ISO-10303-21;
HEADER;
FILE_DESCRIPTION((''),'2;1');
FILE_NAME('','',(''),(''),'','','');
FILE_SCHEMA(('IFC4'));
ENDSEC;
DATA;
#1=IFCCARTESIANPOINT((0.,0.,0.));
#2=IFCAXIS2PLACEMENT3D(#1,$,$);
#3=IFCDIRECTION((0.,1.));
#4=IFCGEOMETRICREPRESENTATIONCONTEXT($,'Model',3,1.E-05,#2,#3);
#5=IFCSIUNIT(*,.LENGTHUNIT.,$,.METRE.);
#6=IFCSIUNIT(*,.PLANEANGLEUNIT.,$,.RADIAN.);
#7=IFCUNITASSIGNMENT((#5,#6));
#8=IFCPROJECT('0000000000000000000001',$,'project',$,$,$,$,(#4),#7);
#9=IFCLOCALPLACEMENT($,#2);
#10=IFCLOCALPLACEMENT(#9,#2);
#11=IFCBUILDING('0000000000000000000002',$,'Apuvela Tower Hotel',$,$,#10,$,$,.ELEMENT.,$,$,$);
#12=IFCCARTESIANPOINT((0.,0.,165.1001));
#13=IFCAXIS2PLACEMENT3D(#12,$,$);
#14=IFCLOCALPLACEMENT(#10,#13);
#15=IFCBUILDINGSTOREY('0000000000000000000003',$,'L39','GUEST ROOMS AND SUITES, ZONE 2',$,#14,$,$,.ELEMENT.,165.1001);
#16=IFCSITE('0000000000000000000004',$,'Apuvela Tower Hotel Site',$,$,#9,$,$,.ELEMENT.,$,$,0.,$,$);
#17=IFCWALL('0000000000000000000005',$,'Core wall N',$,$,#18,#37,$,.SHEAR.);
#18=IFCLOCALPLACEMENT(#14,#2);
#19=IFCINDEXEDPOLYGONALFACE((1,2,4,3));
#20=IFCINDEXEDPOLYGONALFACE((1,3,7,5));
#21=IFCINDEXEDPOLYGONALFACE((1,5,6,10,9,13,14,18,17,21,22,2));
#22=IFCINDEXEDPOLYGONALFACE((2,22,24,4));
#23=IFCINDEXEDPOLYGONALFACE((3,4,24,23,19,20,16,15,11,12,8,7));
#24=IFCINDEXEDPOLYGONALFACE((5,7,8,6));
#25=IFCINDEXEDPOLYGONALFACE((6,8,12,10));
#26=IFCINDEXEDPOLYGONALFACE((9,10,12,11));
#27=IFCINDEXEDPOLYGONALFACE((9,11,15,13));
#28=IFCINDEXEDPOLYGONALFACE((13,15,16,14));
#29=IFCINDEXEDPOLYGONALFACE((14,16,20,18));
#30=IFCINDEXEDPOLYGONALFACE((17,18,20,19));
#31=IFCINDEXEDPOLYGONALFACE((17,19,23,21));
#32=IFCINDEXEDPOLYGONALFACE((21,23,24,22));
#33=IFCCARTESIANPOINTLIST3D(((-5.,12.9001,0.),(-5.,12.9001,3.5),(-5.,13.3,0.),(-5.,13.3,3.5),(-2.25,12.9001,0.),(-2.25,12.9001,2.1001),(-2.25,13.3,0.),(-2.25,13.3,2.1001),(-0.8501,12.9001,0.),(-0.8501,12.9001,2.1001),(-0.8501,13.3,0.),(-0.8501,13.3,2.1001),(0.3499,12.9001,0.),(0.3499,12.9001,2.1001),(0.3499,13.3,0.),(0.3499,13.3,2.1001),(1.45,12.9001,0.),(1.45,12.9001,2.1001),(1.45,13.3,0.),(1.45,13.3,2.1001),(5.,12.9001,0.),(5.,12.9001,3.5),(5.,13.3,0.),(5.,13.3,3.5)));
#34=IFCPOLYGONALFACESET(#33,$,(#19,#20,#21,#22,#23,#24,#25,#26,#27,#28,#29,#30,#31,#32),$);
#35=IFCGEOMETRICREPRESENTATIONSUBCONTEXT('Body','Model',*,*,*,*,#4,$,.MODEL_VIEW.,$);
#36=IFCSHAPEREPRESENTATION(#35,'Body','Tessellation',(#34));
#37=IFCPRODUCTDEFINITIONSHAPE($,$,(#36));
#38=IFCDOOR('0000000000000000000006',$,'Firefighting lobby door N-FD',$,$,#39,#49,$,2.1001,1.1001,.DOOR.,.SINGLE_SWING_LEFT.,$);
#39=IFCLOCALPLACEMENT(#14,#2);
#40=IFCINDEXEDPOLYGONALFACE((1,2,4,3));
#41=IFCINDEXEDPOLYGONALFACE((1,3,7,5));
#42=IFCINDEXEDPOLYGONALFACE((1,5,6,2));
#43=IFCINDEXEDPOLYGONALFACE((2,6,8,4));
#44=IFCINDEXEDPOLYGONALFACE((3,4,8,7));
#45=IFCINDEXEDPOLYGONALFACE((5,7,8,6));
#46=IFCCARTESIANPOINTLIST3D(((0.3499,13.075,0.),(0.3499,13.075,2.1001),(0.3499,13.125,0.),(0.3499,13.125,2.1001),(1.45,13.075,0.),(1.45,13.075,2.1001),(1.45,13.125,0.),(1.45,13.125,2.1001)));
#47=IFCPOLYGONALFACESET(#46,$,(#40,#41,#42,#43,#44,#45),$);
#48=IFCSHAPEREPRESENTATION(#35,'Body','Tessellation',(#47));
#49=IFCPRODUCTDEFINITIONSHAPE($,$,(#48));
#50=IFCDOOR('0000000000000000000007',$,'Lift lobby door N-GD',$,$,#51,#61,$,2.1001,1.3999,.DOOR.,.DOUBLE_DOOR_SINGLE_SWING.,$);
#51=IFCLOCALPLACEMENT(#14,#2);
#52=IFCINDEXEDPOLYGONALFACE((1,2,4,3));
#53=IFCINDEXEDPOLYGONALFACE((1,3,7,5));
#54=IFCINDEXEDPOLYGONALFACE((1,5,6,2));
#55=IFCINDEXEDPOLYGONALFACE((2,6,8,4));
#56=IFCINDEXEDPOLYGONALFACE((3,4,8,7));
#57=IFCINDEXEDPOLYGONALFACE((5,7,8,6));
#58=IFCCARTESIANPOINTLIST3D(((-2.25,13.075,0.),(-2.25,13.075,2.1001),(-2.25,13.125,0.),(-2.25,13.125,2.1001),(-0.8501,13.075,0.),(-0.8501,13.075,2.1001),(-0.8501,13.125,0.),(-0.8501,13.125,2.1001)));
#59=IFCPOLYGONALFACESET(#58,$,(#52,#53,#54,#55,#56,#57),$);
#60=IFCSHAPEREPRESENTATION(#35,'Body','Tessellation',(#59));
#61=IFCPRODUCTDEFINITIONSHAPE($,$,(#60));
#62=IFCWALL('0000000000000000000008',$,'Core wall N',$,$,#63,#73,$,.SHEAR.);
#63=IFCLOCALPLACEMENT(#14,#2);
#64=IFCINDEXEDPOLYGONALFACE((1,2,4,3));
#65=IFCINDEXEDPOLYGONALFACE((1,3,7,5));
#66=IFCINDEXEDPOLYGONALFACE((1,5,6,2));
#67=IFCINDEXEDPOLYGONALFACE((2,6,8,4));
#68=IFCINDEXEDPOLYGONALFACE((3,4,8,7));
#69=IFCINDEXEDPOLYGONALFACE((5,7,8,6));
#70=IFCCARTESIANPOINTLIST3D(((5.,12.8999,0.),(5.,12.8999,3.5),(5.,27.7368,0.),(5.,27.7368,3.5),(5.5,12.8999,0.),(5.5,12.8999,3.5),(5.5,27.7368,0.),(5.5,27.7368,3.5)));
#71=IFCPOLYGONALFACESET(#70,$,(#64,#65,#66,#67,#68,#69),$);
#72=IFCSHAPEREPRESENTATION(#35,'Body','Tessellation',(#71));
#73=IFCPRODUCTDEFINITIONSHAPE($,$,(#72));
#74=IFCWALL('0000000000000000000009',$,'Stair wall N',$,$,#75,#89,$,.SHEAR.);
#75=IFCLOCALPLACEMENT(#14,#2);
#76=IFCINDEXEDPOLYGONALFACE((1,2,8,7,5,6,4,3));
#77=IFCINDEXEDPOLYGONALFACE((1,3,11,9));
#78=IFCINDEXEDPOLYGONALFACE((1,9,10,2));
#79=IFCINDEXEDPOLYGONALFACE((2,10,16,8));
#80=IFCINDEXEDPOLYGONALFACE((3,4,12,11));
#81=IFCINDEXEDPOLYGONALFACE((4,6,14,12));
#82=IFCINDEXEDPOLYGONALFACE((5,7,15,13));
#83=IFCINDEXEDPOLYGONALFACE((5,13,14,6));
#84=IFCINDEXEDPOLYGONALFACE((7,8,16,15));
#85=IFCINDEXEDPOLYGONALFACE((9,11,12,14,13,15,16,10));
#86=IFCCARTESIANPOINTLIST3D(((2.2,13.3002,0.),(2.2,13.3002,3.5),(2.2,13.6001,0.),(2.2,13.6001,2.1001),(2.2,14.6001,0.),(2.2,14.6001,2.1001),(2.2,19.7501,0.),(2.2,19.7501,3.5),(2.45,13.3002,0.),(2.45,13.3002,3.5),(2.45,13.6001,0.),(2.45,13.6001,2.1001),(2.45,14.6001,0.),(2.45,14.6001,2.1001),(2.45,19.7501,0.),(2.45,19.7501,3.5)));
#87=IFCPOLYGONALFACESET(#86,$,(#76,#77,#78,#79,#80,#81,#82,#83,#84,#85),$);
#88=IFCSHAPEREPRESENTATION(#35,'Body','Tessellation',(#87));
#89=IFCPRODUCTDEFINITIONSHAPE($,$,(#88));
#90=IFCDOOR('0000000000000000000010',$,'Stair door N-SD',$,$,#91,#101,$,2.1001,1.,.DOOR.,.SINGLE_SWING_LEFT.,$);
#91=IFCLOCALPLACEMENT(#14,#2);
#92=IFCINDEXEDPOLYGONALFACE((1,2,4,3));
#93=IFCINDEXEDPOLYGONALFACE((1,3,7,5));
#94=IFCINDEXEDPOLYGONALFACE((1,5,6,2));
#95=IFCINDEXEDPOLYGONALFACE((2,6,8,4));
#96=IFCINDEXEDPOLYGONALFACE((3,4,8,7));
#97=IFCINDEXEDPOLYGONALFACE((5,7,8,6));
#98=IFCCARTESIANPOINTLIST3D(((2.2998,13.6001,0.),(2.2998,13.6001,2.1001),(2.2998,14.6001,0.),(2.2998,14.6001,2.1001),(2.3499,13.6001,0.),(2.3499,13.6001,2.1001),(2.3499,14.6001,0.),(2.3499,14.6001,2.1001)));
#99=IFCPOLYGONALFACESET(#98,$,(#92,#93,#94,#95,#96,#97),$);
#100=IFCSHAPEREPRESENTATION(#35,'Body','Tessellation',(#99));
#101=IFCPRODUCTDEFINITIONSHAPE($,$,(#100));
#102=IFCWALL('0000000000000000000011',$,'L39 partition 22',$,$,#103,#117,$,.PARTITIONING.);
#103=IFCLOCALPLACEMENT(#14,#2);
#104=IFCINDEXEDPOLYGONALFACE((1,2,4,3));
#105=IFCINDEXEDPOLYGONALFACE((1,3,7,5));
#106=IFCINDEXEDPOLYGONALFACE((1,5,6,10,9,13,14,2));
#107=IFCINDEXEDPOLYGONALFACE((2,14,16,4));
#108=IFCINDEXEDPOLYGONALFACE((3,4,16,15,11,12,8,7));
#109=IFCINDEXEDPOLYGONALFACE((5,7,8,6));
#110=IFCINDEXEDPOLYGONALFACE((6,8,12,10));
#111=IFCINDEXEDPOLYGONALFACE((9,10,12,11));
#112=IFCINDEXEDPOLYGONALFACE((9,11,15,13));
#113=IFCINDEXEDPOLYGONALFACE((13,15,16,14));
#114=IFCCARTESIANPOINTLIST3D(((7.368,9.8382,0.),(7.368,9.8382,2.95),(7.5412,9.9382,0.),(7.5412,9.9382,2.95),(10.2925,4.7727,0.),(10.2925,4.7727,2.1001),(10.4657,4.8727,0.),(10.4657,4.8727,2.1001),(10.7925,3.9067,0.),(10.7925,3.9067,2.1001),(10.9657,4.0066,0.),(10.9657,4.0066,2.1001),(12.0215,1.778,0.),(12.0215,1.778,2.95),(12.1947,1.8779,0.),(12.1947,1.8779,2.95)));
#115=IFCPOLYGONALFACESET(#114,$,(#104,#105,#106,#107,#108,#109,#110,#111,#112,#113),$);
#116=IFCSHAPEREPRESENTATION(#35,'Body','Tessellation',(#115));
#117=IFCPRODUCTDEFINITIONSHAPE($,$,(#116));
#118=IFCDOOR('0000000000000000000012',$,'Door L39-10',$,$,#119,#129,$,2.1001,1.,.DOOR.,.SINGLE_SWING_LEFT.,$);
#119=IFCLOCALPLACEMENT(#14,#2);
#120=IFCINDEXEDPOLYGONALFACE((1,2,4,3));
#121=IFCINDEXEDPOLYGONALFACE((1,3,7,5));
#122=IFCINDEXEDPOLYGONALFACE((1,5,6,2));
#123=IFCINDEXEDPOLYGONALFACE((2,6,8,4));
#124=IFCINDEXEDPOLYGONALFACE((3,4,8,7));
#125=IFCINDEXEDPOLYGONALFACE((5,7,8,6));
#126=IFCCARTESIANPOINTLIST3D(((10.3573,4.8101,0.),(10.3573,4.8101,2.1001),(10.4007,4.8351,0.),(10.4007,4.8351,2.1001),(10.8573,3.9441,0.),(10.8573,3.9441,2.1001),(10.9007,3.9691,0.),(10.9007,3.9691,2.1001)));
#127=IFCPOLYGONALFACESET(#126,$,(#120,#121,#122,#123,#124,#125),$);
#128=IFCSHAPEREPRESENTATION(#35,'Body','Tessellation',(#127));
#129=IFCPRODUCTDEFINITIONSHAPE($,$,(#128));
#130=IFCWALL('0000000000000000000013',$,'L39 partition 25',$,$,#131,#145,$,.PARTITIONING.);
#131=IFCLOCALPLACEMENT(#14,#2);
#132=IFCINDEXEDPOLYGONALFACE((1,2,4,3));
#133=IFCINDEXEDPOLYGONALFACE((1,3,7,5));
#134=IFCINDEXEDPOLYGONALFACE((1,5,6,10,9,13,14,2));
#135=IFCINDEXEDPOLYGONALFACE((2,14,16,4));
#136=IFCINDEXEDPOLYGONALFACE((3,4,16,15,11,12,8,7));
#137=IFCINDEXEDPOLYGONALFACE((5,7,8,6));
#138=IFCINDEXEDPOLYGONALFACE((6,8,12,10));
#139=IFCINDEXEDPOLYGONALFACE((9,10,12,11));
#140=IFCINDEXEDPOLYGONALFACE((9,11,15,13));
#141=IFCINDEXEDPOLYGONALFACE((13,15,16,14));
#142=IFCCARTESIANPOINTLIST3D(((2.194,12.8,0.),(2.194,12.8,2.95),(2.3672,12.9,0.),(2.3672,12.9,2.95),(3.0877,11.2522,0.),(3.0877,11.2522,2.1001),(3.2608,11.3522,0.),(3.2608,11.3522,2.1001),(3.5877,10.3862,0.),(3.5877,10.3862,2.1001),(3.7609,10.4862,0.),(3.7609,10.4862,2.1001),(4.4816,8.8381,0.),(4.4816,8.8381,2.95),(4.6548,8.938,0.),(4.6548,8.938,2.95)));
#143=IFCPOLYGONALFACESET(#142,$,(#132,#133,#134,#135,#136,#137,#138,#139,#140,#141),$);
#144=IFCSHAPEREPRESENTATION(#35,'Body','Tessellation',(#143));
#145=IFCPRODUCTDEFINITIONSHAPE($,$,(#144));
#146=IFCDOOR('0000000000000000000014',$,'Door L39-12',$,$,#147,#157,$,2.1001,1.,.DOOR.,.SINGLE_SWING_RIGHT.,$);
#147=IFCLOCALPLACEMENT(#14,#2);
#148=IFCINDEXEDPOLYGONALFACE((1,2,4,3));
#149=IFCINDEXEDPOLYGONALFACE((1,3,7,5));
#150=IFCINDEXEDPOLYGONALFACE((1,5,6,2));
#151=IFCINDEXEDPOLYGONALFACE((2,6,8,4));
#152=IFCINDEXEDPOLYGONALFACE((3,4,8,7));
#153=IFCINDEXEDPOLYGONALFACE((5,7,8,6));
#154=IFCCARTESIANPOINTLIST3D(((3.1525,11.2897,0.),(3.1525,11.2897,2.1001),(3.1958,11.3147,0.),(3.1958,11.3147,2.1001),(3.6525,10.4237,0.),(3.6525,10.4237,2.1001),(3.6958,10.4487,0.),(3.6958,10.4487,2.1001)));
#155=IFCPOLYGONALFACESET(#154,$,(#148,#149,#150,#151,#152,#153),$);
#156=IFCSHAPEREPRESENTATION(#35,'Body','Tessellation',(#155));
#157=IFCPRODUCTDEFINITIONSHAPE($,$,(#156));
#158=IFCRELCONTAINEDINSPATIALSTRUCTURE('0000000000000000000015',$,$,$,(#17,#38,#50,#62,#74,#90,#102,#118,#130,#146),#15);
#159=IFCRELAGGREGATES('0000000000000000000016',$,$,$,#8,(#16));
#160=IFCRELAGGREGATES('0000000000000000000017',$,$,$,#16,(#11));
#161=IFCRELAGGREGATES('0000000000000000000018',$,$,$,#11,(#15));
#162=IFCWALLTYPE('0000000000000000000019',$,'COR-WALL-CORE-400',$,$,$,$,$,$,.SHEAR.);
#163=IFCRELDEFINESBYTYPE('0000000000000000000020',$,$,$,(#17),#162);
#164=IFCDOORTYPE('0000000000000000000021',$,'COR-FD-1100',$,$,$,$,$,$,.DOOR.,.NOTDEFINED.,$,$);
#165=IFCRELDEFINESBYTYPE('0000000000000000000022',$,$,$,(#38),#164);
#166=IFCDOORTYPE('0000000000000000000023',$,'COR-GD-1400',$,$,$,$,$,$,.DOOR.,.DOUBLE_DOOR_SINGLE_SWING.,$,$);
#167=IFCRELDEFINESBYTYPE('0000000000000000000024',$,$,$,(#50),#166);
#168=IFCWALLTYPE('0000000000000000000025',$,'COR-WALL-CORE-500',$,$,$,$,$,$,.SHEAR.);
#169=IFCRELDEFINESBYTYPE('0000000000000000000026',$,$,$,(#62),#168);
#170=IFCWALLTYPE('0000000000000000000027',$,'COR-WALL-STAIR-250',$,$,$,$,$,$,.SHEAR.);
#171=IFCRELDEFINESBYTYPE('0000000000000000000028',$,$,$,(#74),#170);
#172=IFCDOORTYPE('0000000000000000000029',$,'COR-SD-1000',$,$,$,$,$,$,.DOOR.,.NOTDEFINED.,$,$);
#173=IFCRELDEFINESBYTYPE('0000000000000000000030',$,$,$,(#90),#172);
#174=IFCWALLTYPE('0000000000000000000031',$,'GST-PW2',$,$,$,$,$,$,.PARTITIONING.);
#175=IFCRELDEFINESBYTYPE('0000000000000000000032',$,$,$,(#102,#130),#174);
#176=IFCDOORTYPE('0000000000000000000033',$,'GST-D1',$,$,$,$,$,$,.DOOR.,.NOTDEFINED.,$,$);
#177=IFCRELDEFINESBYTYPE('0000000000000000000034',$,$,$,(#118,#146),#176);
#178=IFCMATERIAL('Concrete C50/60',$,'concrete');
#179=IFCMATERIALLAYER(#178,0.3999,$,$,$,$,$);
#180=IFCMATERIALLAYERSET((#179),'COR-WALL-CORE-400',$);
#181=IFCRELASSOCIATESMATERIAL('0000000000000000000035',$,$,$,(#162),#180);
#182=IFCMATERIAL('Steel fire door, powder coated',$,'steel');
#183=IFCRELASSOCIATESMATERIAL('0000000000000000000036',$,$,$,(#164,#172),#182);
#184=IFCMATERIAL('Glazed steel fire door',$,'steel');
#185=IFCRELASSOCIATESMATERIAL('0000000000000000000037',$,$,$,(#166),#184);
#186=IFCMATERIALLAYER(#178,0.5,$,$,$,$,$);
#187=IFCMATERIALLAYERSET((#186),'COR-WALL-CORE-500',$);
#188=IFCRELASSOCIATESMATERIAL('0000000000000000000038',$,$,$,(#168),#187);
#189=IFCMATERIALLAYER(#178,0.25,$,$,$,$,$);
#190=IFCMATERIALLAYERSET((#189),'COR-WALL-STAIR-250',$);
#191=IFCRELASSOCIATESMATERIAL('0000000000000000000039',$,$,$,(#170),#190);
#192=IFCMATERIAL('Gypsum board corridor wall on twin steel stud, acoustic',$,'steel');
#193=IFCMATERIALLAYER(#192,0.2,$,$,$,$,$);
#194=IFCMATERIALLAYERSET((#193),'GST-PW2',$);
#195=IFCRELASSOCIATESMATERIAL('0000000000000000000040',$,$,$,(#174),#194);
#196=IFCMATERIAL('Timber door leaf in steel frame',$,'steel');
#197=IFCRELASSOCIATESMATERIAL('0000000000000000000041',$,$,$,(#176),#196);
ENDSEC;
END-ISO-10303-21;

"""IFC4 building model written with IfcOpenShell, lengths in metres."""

from ifc_helpers import new_model, si_unit, direction, frame, frame_2d, origin, place, context, subcontext, project, spatial, rectangle, extrude, material, layer, layer_set, type_object, element, fill, save


model = new_model("IFC4")

# Units and contexts
model_context = context("Model", 3, precision=1e-05, world=origin(), true_north=direction((0.0, 1.0)))
body_context = subcontext(model_context, "Body", "Model", "MODEL_VIEW")
ifc_project = project(units=[si_unit("LENGTHUNIT", "METRE"), si_unit("PLANEANGLEUNIT", "RADIAN")], contexts=[model_context])

# Site, building, storey
site_placement = place(None, origin())
site = spatial("IfcSite", under=ifc_project, at=site_placement, Name="Apuvela Tower Hotel Site", CompositionType="ELEMENT", RefElevation=0.0)
building_placement = place(site_placement, origin())
building = spatial("IfcBuilding", under=site, at=building_placement, Name="Apuvela Tower Hotel", CompositionType="ELEMENT")
storey_placement = place(building_placement, frame((0.0, 0.0, 165.1001)))
storey = spatial("IfcBuildingStorey", under=building, at=storey_placement, Name="L39", Description="GUEST ROOMS AND SUITES, ZONE 2", CompositionType="ELEMENT", Elevation=165.1001)

# Shared definitions
ifc_material_1 = material(Name="Concrete C50/60", Category="concrete")

# Wall, openings, doors
ifc_layer_1 = layer(ifc_material_1, 0.3999)
ifc_layer_set_1 = layer_set([ifc_layer_1], Name="COR-WALL-CORE-400")
wall_type_1 = type_object("IfcWallType", Name="COR-WALL-CORE-400", PredefinedType="SHEAR", material=ifc_layer_set_1)
wall_1_placement = place(storey_placement, frame((5.0, 13.1001, 0.0), z_axis=(0.0, 0.0, 1.0), x_axis=(-1.0, 0.0, 0.0)))
wall_1 = element("IfcWall", 1, at=wall_1_placement, inside=storey, type_object=wall_type_1, Name="Core wall N", PredefinedType="SHEAR", context=body_context, shape_type="SweptSolid", body=[
    extrude(rectangle(XDim=10.0, YDim=0.3999, at=frame_2d((5.0, 0.0))), origin(), (0.0, 0.0, 1.0), 3.5),
])
opening_1_placement = place(wall_1_placement, frame((3.55, 0.0, 0.0)))
opening_1 = element("IfcOpeningElement", 2, at=opening_1_placement, cuts=wall_1, PredefinedType="OPENING", context=body_context, shape_type="SweptSolid", body=[
    extrude(rectangle(XDim=1.1001, YDim=2.1001, at=frame_2d((0.55, 1.05))), frame((0.0, 0.21, 0.0), z_axis=(0.0, -1.0, 0.0), x_axis=(1.0, 0.0, 0.0)), (0.0, 0.0, 1.0), 0.4199),
])
opening_2_placement = place(wall_1_placement, frame((5.8501, 0.0, 0.0)))
opening_2 = element("IfcOpeningElement", 3, at=opening_2_placement, cuts=wall_1, PredefinedType="OPENING", context=body_context, shape_type="SweptSolid", body=[
    extrude(rectangle(XDim=1.3999, YDim=2.1001, at=frame_2d((0.7, 1.05))), frame((0.0, 0.21, 0.0), z_axis=(0.0, -1.0, 0.0), x_axis=(1.0, 0.0, 0.0)), (0.0, 0.0, 1.0), 0.4199),
])
ifc_material_2 = material(Name="Steel fire door, powder coated", Category="steel")
door_type_1 = type_object("IfcDoorType", Name="COR-FD-1100", OperationType="NOTDEFINED", PredefinedType="DOOR", material=ifc_material_2)
door_1_placement = place(opening_1_placement, frame((1.1001, 0.0, 0.0), z_axis=(0.0, 0.0, 1.0), x_axis=(-1.0, 0.0, 0.0)))
door_1 = element("IfcDoor", 4, at=door_1_placement, inside=storey, type_object=door_type_1, Name="Firefighting lobby door N-FD", OperationType="SINGLE_SWING_LEFT", OverallHeight=2.1001, OverallWidth=1.1001, PredefinedType="DOOR", context=body_context, shape_type="SweptSolid", body=[
    extrude(rectangle(XDim=1.1001, YDim=2.1001, at=frame_2d((0.55, 1.05))), frame((0.0, 0.0249, 0.0), z_axis=(0.0, -1.0, 0.0), x_axis=(1.0, 0.0, 0.0)), (0.0, 0.0, 1.0), 0.05),
])
fill(opening_1, door_1)
ifc_material_3 = material(Name="Glazed steel fire door", Category="steel")
door_type_2 = type_object("IfcDoorType", Name="COR-GD-1400", OperationType="DOUBLE_DOOR_SINGLE_SWING", PredefinedType="DOOR", material=ifc_material_3)
door_2_placement = place(opening_2_placement, frame((1.3999, 0.0, 0.0), z_axis=(0.0, 0.0, 1.0), x_axis=(-1.0, 0.0, 0.0)))
door_2 = element("IfcDoor", 5, at=door_2_placement, inside=storey, type_object=door_type_2, Name="Lift lobby door N-GD", OperationType="DOUBLE_DOOR_SINGLE_SWING", OverallHeight=2.1001, OverallWidth=1.3999, PredefinedType="DOOR", context=body_context, shape_type="SweptSolid", body=[
    extrude(rectangle(XDim=1.3999, YDim=2.1001, at=frame_2d((0.7, 1.05))), frame((0.0, 0.0249, 0.0), z_axis=(0.0, -1.0, 0.0), x_axis=(1.0, 0.0, 0.0)), (0.0, 0.0, 1.0), 0.05),
])
fill(opening_2, door_2)

# Wall
ifc_layer_2 = layer(ifc_material_1, 0.5)
ifc_layer_set_2 = layer_set([ifc_layer_2], Name="COR-WALL-CORE-500")
wall_type_2 = type_object("IfcWallType", Name="COR-WALL-CORE-500", PredefinedType="SHEAR", material=ifc_layer_set_2)
wall_2_placement = place(storey_placement, frame((5.25, 12.8999, 0.0), z_axis=(0.0, 0.0, 1.0), x_axis=(0.0, 1.0, 0.0)))
element("IfcWall", 6, at=wall_2_placement, inside=storey, type_object=wall_type_2, Name="Core wall N", PredefinedType="SHEAR", context=body_context, shape_type="SweptSolid", body=[
    extrude(rectangle(XDim=14.8369, YDim=0.5, at=frame_2d((7.4185, 0.0))), origin(), (0.0, 0.0, 1.0), 3.5),
])

# Walls, openings, doors
ifc_layer_3 = layer(ifc_material_1, 0.25)
ifc_layer_set_3 = layer_set([ifc_layer_3], Name="COR-WALL-STAIR-250")
wall_type_3 = type_object("IfcWallType", Name="COR-WALL-STAIR-250", PredefinedType="SHEAR", material=ifc_layer_set_3)
wall_3_placement = place(storey_placement, frame((2.325, 13.3, 0.0), z_axis=(0.0, 0.0, 1.0), x_axis=(0.0, 1.0, 0.0)))
wall_3 = element("IfcWall", 7, at=wall_3_placement, inside=storey, type_object=wall_type_3, Name="Stair wall N", PredefinedType="SHEAR", context=body_context, shape_type="SweptSolid", body=[
    extrude(rectangle(XDim=6.45, YDim=0.25, at=frame_2d((3.2251, 0.0))), origin(), (0.0, 0.0, 1.0), 3.5),
])
opening_3_placement = place(wall_3_placement, frame((0.3, 0.0, 0.0)))
opening_3 = element("IfcOpeningElement", 8, at=opening_3_placement, cuts=wall_3, PredefinedType="OPENING", context=body_context, shape_type="SweptSolid", body=[
    extrude(rectangle(XDim=1.0, YDim=2.1001, at=frame_2d((0.5, 1.05))), frame((0.0, 0.135, 0.0), z_axis=(0.0, -1.0, 0.0), x_axis=(1.0, 0.0, 0.0)), (0.0, 0.0, 1.0), 0.27),
])
door_type_3 = type_object("IfcDoorType", Name="COR-SD-1000", OperationType="NOTDEFINED", PredefinedType="DOOR", material=ifc_material_2)
door_3_placement = place(opening_3_placement, frame((1.0, 0.0, 0.0), z_axis=(0.0, 0.0, 1.0), x_axis=(-1.0, 0.0, 0.0)))
door_3 = element("IfcDoor", 9, at=door_3_placement, inside=storey, type_object=door_type_3, Name="Stair door N-SD", OperationType="SINGLE_SWING_LEFT", OverallHeight=2.1001, OverallWidth=1.0, PredefinedType="DOOR", context=body_context, shape_type="SweptSolid", body=[
    extrude(rectangle(XDim=1.0, YDim=2.1001, at=frame_2d((0.5, 1.05))), frame((0.0, 0.0249, 0.0), z_axis=(0.0, -1.0, 0.0), x_axis=(1.0, 0.0, 0.0)), (0.0, 0.0, 1.0), 0.05),
])
fill(opening_3, door_3)
ifc_material_4 = material(Name="Gypsum board corridor wall on twin steel stud, acoustic", Category="steel")
ifc_layer_4 = layer(ifc_material_4, 0.2)
ifc_layer_set_4 = layer_set([ifc_layer_4], Name="GST-PW2")
wall_type_4 = type_object("IfcWallType", Name="GST-PW2", PredefinedType="PARTITIONING", material=ifc_layer_set_4)
wall_4_placement = place(storey_placement, frame((7.4546, 9.8882, 0.0), z_axis=(0.0, 0.0, 1.0), x_axis=(0.499996, -0.866028, 0.0)))
wall_4 = element("IfcWall", 10, at=wall_4_placement, inside=storey, type_object=wall_type_4, Name="L39 partition 22", PredefinedType="PARTITIONING", context=body_context, shape_type="SweptSolid", body=[
    extrude(rectangle(XDim=9.3071, YDim=0.2, at=frame_2d((4.6536, 0.0))), origin(), (0.0, 0.0, 1.0), 2.95),
])
opening_4_placement = place(wall_4_placement, frame((5.8491, 0.0, 0.0)))
opening_4 = element("IfcOpeningElement", 11, at=opening_4_placement, cuts=wall_4, PredefinedType="OPENING", context=body_context, shape_type="SweptSolid", body=[
    extrude(rectangle(XDim=1.0, YDim=2.1001, at=frame_2d((0.5, 1.05))), frame((0.0, 0.1099, 0.0), z_axis=(0.0, -1.0, 0.0), x_axis=(1.0, 0.0, 0.0)), (0.0, 0.0, 1.0), 0.22),
])
ifc_material_5 = material(Name="Timber door leaf in steel frame", Category="steel")
door_type_4 = type_object("IfcDoorType", Name="GST-D1", OperationType="NOTDEFINED", PredefinedType="DOOR", material=ifc_material_5)
door_4_placement = place(opening_4_placement, origin())
door_4 = element("IfcDoor", 12, at=door_4_placement, inside=storey, type_object=door_type_4, Name="Door L39-10", OperationType="SINGLE_SWING_LEFT", OverallHeight=2.1001, OverallWidth=1.0, PredefinedType="DOOR", context=body_context, shape_type="SweptSolid", body=[
    extrude(rectangle(XDim=1.0, YDim=2.1001, at=frame_2d((0.5, 1.05))), frame((0.0, 0.0249, 0.0), z_axis=(0.0, -1.0, 0.0), x_axis=(1.0, 0.0, 0.0)), (0.0, 0.0, 1.0), 0.05),
])
fill(opening_4, door_4)
wall_5_placement = place(storey_placement, frame((2.2805, 12.8501, 0.0), z_axis=(0.0, 0.0, 1.0), x_axis=(0.50003, -0.866008, 0.0)))
wall_5 = element("IfcWall", 13, at=wall_5_placement, inside=storey, type_object=wall_type_4, Name="L39 partition 25", PredefinedType="PARTITIONING", context=body_context, shape_type="SweptSolid", body=[
    extrude(rectangle(XDim=4.575, YDim=0.2, at=frame_2d((2.2876, 0.0))), origin(), (0.0, 0.0, 1.0), 2.95),
])
opening_5_placement = place(wall_5_placement, frame((1.7874, 0.0, 0.0)))
opening_5 = element("IfcOpeningElement", 14, at=opening_5_placement, cuts=wall_5, PredefinedType="OPENING", context=body_context, shape_type="SweptSolid", body=[
    extrude(rectangle(XDim=1.0, YDim=2.1001, at=frame_2d((0.5, 1.05))), frame((0.0, 0.1099, 0.0), z_axis=(0.0, -1.0, 0.0), x_axis=(1.0, 0.0, 0.0)), (0.0, 0.0, 1.0), 0.22),
])
door_5_placement = place(opening_5_placement, origin())
door_5 = element("IfcDoor", 15, at=door_5_placement, inside=storey, type_object=door_type_4, Name="Door L39-12", OperationType="SINGLE_SWING_RIGHT", OverallHeight=2.1001, OverallWidth=1.0, PredefinedType="DOOR", context=body_context, shape_type="SweptSolid", body=[
    extrude(rectangle(XDim=1.0, YDim=2.1001, at=frame_2d((0.5, 1.05))), frame((0.0, 0.0249, 0.0), z_axis=(0.0, -1.0, 0.0), x_axis=(1.0, 0.0, 0.0)), (0.0, 0.0, 1.0), 0.05),
])
fill(opening_5, door_5)

save(model, "model.ifc")
